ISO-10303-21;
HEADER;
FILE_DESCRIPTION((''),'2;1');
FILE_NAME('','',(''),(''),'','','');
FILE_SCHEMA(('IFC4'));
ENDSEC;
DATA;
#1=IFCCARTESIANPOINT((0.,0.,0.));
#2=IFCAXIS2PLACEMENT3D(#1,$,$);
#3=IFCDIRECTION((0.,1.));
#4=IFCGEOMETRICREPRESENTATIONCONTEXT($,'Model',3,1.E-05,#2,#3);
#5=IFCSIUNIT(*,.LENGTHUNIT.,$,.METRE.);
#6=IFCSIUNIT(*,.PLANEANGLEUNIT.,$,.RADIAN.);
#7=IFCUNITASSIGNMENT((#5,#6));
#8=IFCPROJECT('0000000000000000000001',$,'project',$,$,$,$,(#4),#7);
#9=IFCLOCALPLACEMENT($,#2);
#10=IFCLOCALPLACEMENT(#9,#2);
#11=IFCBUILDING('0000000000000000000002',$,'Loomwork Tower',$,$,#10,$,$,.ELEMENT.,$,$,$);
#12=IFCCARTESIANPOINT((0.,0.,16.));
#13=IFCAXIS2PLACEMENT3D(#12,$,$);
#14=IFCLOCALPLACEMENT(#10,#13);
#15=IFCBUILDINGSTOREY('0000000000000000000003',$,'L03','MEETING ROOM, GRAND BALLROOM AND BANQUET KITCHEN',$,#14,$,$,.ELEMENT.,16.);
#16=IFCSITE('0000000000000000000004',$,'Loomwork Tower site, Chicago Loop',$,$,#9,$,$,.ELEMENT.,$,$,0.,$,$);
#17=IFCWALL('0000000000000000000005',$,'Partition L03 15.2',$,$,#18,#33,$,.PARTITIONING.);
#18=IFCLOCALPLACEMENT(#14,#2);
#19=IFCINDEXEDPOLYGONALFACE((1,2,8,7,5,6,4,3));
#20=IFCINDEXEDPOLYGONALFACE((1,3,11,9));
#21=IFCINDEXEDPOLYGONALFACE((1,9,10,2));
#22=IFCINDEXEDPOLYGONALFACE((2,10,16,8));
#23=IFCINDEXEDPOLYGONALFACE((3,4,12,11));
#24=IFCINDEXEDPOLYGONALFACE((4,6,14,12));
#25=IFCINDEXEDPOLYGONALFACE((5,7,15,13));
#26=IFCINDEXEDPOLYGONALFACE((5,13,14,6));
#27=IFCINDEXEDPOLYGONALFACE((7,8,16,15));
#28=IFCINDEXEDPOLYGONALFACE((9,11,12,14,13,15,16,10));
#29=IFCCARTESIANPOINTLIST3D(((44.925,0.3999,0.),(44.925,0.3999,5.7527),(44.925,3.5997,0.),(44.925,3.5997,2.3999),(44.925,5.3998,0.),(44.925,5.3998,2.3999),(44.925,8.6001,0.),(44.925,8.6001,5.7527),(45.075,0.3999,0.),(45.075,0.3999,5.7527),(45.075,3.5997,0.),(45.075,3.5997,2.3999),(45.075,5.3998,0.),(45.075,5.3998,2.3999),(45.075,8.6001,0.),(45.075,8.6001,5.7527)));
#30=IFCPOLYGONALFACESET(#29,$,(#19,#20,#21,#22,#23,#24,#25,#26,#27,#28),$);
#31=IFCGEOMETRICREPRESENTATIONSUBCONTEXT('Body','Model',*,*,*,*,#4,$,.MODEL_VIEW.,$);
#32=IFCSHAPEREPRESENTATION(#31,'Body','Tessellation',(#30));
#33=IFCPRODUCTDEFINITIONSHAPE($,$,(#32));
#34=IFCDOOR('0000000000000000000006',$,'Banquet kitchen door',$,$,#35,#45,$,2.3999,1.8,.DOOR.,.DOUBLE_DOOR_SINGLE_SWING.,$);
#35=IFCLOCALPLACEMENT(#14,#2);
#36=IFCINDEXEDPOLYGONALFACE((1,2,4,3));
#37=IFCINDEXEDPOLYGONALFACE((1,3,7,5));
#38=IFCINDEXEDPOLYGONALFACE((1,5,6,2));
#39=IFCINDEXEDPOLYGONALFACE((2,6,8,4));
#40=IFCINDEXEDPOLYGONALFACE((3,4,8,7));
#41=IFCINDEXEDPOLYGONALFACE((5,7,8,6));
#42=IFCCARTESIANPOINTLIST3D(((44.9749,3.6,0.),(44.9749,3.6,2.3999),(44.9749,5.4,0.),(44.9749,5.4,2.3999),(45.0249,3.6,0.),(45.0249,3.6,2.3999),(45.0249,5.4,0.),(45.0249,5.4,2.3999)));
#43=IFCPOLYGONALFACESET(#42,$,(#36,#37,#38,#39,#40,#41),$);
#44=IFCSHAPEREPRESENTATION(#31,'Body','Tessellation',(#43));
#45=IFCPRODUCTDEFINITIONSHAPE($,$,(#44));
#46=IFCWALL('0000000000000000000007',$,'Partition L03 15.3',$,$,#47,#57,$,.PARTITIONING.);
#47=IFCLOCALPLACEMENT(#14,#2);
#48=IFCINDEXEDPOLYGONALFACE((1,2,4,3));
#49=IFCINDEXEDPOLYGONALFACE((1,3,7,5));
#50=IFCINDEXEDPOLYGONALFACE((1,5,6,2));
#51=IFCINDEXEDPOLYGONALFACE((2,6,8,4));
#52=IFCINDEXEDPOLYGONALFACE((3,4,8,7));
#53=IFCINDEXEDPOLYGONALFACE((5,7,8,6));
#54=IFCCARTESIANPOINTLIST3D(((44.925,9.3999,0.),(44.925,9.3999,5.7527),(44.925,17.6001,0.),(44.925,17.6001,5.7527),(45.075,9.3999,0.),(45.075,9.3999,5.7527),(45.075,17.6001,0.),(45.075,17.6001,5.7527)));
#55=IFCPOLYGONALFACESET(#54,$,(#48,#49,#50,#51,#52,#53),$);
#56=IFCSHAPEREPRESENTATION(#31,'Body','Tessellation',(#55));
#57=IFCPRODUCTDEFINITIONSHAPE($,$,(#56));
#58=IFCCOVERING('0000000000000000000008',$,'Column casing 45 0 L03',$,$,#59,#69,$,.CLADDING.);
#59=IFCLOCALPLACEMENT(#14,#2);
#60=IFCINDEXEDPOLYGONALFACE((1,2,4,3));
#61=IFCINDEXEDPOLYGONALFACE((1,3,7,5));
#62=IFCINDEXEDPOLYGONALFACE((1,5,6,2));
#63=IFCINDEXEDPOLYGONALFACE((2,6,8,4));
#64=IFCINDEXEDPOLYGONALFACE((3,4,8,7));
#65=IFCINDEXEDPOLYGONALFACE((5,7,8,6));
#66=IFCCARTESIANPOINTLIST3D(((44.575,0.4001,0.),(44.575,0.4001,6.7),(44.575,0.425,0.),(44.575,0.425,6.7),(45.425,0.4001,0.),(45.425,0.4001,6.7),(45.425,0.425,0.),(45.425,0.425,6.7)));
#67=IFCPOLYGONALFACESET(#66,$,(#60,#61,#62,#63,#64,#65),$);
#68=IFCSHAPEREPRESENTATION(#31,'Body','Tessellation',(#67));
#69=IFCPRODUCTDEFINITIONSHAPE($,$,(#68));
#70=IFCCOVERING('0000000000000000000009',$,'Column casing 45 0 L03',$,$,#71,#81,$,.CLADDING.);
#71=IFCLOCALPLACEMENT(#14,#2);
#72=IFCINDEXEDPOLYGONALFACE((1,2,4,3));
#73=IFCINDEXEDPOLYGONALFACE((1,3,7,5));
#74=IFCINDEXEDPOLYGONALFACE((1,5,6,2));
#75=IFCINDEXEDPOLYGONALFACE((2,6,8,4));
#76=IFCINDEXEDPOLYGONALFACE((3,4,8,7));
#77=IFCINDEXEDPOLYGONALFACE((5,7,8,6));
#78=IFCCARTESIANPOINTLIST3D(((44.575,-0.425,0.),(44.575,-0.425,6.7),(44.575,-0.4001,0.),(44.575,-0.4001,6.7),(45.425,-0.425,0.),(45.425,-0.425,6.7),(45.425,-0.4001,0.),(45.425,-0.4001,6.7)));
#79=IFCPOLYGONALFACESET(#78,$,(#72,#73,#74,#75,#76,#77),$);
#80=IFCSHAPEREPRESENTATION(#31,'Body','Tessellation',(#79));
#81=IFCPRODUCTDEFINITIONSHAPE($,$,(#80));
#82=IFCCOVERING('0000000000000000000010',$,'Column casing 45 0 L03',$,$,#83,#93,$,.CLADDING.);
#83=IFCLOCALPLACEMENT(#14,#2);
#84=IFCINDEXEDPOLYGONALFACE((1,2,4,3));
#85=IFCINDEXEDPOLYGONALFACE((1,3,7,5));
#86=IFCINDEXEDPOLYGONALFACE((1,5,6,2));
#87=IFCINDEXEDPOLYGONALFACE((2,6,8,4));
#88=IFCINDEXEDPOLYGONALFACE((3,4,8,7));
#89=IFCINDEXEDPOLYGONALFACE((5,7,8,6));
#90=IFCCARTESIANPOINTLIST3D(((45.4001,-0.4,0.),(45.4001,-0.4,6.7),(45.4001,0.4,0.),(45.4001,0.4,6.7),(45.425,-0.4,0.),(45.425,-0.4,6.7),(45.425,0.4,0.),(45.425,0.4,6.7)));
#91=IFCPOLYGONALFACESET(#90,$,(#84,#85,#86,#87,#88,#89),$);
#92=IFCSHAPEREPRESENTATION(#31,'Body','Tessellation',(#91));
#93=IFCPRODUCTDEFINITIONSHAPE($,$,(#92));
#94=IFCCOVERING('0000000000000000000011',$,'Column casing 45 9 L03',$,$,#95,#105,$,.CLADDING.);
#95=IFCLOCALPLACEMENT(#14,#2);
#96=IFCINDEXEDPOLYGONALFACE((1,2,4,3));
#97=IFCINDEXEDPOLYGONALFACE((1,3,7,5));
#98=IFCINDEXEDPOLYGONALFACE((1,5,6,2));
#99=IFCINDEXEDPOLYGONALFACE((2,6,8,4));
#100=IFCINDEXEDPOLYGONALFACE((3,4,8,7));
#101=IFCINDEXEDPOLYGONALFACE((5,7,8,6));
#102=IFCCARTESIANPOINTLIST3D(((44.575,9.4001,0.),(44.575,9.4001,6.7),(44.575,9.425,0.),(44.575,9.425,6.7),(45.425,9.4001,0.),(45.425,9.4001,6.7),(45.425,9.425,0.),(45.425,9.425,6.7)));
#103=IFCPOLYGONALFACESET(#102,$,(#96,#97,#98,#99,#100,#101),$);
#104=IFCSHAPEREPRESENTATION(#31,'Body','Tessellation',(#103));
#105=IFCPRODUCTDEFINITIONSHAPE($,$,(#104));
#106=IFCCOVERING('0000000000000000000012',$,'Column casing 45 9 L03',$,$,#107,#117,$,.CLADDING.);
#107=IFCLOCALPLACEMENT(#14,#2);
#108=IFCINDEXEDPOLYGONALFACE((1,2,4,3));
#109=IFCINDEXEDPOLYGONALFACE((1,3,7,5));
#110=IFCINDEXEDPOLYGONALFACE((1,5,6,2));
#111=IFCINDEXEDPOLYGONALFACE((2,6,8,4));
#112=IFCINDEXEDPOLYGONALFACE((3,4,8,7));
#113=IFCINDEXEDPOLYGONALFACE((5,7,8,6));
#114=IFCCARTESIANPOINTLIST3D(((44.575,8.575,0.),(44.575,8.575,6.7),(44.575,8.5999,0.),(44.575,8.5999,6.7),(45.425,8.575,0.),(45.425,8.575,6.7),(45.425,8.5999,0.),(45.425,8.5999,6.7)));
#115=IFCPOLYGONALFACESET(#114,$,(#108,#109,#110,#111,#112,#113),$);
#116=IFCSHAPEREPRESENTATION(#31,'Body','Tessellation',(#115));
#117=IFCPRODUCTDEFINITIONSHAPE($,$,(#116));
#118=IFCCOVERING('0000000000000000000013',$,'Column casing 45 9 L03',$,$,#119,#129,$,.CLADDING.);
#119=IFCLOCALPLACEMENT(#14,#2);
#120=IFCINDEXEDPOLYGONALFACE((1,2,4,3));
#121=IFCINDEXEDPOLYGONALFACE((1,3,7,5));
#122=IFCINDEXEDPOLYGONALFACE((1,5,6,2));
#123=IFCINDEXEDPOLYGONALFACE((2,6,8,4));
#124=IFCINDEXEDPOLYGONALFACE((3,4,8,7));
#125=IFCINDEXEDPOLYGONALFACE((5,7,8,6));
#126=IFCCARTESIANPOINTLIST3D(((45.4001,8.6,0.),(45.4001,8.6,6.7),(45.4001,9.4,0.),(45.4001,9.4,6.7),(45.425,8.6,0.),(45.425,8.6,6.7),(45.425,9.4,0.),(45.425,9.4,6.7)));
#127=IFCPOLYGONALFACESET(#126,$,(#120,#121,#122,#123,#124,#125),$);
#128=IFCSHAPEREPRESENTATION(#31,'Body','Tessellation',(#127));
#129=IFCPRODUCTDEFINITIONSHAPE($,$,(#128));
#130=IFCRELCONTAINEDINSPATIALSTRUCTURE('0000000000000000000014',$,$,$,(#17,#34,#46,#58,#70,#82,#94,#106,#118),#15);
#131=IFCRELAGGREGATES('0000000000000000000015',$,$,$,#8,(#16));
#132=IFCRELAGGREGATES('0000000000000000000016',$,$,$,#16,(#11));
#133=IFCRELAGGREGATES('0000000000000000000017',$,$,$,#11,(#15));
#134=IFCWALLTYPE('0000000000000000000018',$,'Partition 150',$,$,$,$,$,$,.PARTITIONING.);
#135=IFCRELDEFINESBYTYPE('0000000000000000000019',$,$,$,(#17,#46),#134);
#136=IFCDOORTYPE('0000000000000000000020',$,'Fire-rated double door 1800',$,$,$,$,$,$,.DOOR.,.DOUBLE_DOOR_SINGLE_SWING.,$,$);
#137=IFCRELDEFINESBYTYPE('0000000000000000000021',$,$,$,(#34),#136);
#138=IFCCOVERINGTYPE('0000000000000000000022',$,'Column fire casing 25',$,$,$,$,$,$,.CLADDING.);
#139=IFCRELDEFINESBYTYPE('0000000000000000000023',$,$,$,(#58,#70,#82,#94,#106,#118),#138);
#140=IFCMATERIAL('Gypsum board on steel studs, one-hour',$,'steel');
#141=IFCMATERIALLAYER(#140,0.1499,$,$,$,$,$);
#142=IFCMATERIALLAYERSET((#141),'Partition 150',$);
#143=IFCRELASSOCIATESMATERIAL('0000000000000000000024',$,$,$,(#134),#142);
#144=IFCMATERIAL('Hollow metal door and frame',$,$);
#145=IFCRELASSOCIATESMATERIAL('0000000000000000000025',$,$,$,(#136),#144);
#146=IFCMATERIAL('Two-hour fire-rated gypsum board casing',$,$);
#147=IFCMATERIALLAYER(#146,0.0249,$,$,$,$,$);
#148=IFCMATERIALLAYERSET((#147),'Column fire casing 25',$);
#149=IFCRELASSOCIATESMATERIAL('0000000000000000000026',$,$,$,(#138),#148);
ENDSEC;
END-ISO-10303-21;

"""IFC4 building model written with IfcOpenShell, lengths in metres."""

from ifc_helpers import new_model, si_unit, direction, frame, frame_2d, origin, origin_2d, place, context, subcontext, project, spatial, rectangle, extrude, material, layer, layer_set, type_object, element, fill, save


model = new_model("IFC4")

# Units and contexts
model_context = context("Model", 3, precision=1e-05, world=origin(), true_north=direction((0.0, 1.0)))
body_context = subcontext(model_context, "Body", "Model", "MODEL_VIEW")
ifc_project = project(units=[si_unit("LENGTHUNIT", "METRE"), si_unit("PLANEANGLEUNIT", "RADIAN")], contexts=[model_context])

# Site, building, storey
site_placement = place(None, origin())
site = spatial("IfcSite", under=ifc_project, at=site_placement, Name="Loomwork Tower site, Chicago Loop", CompositionType="ELEMENT", RefElevation=0.0)
building_placement = place(site_placement, origin())
building = spatial("IfcBuilding", under=site, at=building_placement, Name="Loomwork Tower", CompositionType="ELEMENT")
storey_placement = place(building_placement, frame((0.0, 0.0, 16.0)))
storey = spatial("IfcBuildingStorey", under=building, at=storey_placement, Name="L03", Description="MEETING ROOM, GRAND BALLROOM AND BANQUET KITCHEN", CompositionType="ELEMENT", Elevation=16.0)

# Wall, opening, door
ifc_material_1 = material(Name="Gypsum board on steel studs, one-hour", Category="steel")
ifc_layer_1 = layer(ifc_material_1, 0.1499)
ifc_layer_set_1 = layer_set([ifc_layer_1], Name="Partition 150")
wall_type = type_object("IfcWallType", Name="Partition 150", PredefinedType="PARTITIONING", material=ifc_layer_set_1)
wall_1_placement = place(storey_placement, frame((45.0, 0.3999, 0.0), z_axis=(0.0, 0.0, 1.0), x_axis=(0.0, 1.0, 0.0)))
wall_1 = element("IfcWall", 1, at=wall_1_placement, inside=storey, type_object=wall_type, Name="Partition L03 15.2", PredefinedType="PARTITIONING", context=body_context, shape_type="SweptSolid", body=[
    extrude(rectangle(XDim=8.2002, YDim=0.1499, at=frame_2d((4.1001, 0.0))), origin(), (0.0, 0.0, 1.0), 5.7527),
])
opening_placement = place(wall_1_placement, frame((3.2, 0.0, 0.0)))
opening = element("IfcOpeningElement", 2, at=opening_placement, cuts=wall_1, PredefinedType="OPENING", context=body_context, shape_type="SweptSolid", body=[
    extrude(rectangle(XDim=1.8, YDim=2.3999, at=frame_2d((0.8999, 1.2))), frame((0.0, 0.085, 0.0), z_axis=(0.0, -1.0, 0.0), x_axis=(1.0, 0.0, 0.0)), (0.0, 0.0, 1.0), 0.1699),
])
ifc_material_2 = material(Name="Hollow metal door and frame")
door_type = type_object("IfcDoorType", Name="Fire-rated double door 1800", OperationType="DOUBLE_DOOR_SINGLE_SWING", PredefinedType="DOOR", material=ifc_material_2)
door_placement = place(opening_placement, frame((1.8, 0.0, 0.0), z_axis=(0.0, 0.0, 1.0), x_axis=(-1.0, 0.0, 0.0)))
door = element("IfcDoor", 3, at=door_placement, inside=storey, type_object=door_type, Name="Banquet kitchen door", OperationType="DOUBLE_DOOR_SINGLE_SWING", OverallHeight=2.3999, OverallWidth=1.8, PredefinedType="DOOR", context=body_context, shape_type="SweptSolid", body=[
    extrude(rectangle(XDim=1.8, YDim=2.3999, at=frame_2d((0.8999, 1.2))), frame((0.0, 0.0249, 0.0), z_axis=(0.0, -1.0, 0.0), x_axis=(1.0, 0.0, 0.0)), (0.0, 0.0, 1.0), 0.05),
])
fill(opening, door)

# Wall
wall_2_placement = place(storey_placement, frame((45.0, 9.3999, 0.0), z_axis=(0.0, 0.0, 1.0), x_axis=(0.0, 1.0, 0.0)))
element("IfcWall", 4, at=wall_2_placement, inside=storey, type_object=wall_type, Name="Partition L03 15.3", PredefinedType="PARTITIONING", context=body_context, shape_type="SweptSolid", body=[
    extrude(rectangle(XDim=8.2002, YDim=0.1499, at=frame_2d((4.1001, 0.0))), origin(), (0.0, 0.0, 1.0), 5.7527),
])

# Coverings
ifc_material_3 = material(Name="Two-hour fire-rated gypsum board casing")
ifc_layer_2 = layer(ifc_material_3, 0.0249)
ifc_layer_set_2 = layer_set([ifc_layer_2], Name="Column fire casing 25")
covering_type = type_object("IfcCoveringType", Name="Column fire casing 25", PredefinedType="CLADDING", material=ifc_layer_set_2)
for number, where, z_axis, x_axis, name in (
    (5, (45.0, 0.4126, 0.0), (0.0, 0.0, 1.0), (1.0, 0.0, 0.0), "Column casing 45 0 L03"),
    (6, (45.0, -0.4126, 0.0), (0.0, 0.0, 1.0), (1.0, 0.0, 0.0), "Column casing 45 0 L03"),
):
    element("IfcCovering", number, at=place(storey_placement, frame(where, z_axis=z_axis, x_axis=x_axis)), inside=storey, type_object=covering_type, Name=name, PredefinedType="CLADDING", context=body_context, shape_type="SweptSolid", body=[
        extrude(rectangle(XDim=0.8501, YDim=0.0249, at=origin_2d()), origin(), (0.0, 0.0, 1.0), 6.7),
    ])
covering_1_placement = place(storey_placement, frame((45.4126, 0.0, 0.0), z_axis=(0.0, 0.0, 1.0), x_axis=(1.0, 0.0, 0.0)))
element("IfcCovering", 7, at=covering_1_placement, inside=storey, type_object=covering_type, Name="Column casing 45 0 L03", PredefinedType="CLADDING", context=body_context, shape_type="SweptSolid", body=[
    extrude(rectangle(XDim=0.0249, YDim=0.8, at=origin_2d()), origin(), (0.0, 0.0, 1.0), 6.7),
])
for number, where, z_axis, x_axis, name in (
    (8, (45.0, 9.4126, 0.0), (0.0, 0.0, 1.0), (1.0, 0.0, 0.0), "Column casing 45 9 L03"),
    (9, (45.0, 8.5874, 0.0), (0.0, 0.0, 1.0), (1.0, 0.0, 0.0), "Column casing 45 9 L03"),
):
    element("IfcCovering", number, at=place(storey_placement, frame(where, z_axis=z_axis, x_axis=x_axis)), inside=storey, type_object=covering_type, Name=name, PredefinedType="CLADDING", context=body_context, shape_type="SweptSolid", body=[
        extrude(rectangle(XDim=0.8501, YDim=0.0249, at=origin_2d()), origin(), (0.0, 0.0, 1.0), 6.7),
    ])
covering_2_placement = place(storey_placement, frame((45.4126, 9.0, 0.0), z_axis=(0.0, 0.0, 1.0), x_axis=(1.0, 0.0, 0.0)))
element("IfcCovering", 10, at=covering_2_placement, inside=storey, type_object=covering_type, Name="Column casing 45 9 L03", PredefinedType="CLADDING", context=body_context, shape_type="SweptSolid", body=[
    extrude(rectangle(XDim=0.0249, YDim=0.8, at=origin_2d()), origin(), (0.0, 0.0, 1.0), 6.7),
])

save(model, "model.ifc")
